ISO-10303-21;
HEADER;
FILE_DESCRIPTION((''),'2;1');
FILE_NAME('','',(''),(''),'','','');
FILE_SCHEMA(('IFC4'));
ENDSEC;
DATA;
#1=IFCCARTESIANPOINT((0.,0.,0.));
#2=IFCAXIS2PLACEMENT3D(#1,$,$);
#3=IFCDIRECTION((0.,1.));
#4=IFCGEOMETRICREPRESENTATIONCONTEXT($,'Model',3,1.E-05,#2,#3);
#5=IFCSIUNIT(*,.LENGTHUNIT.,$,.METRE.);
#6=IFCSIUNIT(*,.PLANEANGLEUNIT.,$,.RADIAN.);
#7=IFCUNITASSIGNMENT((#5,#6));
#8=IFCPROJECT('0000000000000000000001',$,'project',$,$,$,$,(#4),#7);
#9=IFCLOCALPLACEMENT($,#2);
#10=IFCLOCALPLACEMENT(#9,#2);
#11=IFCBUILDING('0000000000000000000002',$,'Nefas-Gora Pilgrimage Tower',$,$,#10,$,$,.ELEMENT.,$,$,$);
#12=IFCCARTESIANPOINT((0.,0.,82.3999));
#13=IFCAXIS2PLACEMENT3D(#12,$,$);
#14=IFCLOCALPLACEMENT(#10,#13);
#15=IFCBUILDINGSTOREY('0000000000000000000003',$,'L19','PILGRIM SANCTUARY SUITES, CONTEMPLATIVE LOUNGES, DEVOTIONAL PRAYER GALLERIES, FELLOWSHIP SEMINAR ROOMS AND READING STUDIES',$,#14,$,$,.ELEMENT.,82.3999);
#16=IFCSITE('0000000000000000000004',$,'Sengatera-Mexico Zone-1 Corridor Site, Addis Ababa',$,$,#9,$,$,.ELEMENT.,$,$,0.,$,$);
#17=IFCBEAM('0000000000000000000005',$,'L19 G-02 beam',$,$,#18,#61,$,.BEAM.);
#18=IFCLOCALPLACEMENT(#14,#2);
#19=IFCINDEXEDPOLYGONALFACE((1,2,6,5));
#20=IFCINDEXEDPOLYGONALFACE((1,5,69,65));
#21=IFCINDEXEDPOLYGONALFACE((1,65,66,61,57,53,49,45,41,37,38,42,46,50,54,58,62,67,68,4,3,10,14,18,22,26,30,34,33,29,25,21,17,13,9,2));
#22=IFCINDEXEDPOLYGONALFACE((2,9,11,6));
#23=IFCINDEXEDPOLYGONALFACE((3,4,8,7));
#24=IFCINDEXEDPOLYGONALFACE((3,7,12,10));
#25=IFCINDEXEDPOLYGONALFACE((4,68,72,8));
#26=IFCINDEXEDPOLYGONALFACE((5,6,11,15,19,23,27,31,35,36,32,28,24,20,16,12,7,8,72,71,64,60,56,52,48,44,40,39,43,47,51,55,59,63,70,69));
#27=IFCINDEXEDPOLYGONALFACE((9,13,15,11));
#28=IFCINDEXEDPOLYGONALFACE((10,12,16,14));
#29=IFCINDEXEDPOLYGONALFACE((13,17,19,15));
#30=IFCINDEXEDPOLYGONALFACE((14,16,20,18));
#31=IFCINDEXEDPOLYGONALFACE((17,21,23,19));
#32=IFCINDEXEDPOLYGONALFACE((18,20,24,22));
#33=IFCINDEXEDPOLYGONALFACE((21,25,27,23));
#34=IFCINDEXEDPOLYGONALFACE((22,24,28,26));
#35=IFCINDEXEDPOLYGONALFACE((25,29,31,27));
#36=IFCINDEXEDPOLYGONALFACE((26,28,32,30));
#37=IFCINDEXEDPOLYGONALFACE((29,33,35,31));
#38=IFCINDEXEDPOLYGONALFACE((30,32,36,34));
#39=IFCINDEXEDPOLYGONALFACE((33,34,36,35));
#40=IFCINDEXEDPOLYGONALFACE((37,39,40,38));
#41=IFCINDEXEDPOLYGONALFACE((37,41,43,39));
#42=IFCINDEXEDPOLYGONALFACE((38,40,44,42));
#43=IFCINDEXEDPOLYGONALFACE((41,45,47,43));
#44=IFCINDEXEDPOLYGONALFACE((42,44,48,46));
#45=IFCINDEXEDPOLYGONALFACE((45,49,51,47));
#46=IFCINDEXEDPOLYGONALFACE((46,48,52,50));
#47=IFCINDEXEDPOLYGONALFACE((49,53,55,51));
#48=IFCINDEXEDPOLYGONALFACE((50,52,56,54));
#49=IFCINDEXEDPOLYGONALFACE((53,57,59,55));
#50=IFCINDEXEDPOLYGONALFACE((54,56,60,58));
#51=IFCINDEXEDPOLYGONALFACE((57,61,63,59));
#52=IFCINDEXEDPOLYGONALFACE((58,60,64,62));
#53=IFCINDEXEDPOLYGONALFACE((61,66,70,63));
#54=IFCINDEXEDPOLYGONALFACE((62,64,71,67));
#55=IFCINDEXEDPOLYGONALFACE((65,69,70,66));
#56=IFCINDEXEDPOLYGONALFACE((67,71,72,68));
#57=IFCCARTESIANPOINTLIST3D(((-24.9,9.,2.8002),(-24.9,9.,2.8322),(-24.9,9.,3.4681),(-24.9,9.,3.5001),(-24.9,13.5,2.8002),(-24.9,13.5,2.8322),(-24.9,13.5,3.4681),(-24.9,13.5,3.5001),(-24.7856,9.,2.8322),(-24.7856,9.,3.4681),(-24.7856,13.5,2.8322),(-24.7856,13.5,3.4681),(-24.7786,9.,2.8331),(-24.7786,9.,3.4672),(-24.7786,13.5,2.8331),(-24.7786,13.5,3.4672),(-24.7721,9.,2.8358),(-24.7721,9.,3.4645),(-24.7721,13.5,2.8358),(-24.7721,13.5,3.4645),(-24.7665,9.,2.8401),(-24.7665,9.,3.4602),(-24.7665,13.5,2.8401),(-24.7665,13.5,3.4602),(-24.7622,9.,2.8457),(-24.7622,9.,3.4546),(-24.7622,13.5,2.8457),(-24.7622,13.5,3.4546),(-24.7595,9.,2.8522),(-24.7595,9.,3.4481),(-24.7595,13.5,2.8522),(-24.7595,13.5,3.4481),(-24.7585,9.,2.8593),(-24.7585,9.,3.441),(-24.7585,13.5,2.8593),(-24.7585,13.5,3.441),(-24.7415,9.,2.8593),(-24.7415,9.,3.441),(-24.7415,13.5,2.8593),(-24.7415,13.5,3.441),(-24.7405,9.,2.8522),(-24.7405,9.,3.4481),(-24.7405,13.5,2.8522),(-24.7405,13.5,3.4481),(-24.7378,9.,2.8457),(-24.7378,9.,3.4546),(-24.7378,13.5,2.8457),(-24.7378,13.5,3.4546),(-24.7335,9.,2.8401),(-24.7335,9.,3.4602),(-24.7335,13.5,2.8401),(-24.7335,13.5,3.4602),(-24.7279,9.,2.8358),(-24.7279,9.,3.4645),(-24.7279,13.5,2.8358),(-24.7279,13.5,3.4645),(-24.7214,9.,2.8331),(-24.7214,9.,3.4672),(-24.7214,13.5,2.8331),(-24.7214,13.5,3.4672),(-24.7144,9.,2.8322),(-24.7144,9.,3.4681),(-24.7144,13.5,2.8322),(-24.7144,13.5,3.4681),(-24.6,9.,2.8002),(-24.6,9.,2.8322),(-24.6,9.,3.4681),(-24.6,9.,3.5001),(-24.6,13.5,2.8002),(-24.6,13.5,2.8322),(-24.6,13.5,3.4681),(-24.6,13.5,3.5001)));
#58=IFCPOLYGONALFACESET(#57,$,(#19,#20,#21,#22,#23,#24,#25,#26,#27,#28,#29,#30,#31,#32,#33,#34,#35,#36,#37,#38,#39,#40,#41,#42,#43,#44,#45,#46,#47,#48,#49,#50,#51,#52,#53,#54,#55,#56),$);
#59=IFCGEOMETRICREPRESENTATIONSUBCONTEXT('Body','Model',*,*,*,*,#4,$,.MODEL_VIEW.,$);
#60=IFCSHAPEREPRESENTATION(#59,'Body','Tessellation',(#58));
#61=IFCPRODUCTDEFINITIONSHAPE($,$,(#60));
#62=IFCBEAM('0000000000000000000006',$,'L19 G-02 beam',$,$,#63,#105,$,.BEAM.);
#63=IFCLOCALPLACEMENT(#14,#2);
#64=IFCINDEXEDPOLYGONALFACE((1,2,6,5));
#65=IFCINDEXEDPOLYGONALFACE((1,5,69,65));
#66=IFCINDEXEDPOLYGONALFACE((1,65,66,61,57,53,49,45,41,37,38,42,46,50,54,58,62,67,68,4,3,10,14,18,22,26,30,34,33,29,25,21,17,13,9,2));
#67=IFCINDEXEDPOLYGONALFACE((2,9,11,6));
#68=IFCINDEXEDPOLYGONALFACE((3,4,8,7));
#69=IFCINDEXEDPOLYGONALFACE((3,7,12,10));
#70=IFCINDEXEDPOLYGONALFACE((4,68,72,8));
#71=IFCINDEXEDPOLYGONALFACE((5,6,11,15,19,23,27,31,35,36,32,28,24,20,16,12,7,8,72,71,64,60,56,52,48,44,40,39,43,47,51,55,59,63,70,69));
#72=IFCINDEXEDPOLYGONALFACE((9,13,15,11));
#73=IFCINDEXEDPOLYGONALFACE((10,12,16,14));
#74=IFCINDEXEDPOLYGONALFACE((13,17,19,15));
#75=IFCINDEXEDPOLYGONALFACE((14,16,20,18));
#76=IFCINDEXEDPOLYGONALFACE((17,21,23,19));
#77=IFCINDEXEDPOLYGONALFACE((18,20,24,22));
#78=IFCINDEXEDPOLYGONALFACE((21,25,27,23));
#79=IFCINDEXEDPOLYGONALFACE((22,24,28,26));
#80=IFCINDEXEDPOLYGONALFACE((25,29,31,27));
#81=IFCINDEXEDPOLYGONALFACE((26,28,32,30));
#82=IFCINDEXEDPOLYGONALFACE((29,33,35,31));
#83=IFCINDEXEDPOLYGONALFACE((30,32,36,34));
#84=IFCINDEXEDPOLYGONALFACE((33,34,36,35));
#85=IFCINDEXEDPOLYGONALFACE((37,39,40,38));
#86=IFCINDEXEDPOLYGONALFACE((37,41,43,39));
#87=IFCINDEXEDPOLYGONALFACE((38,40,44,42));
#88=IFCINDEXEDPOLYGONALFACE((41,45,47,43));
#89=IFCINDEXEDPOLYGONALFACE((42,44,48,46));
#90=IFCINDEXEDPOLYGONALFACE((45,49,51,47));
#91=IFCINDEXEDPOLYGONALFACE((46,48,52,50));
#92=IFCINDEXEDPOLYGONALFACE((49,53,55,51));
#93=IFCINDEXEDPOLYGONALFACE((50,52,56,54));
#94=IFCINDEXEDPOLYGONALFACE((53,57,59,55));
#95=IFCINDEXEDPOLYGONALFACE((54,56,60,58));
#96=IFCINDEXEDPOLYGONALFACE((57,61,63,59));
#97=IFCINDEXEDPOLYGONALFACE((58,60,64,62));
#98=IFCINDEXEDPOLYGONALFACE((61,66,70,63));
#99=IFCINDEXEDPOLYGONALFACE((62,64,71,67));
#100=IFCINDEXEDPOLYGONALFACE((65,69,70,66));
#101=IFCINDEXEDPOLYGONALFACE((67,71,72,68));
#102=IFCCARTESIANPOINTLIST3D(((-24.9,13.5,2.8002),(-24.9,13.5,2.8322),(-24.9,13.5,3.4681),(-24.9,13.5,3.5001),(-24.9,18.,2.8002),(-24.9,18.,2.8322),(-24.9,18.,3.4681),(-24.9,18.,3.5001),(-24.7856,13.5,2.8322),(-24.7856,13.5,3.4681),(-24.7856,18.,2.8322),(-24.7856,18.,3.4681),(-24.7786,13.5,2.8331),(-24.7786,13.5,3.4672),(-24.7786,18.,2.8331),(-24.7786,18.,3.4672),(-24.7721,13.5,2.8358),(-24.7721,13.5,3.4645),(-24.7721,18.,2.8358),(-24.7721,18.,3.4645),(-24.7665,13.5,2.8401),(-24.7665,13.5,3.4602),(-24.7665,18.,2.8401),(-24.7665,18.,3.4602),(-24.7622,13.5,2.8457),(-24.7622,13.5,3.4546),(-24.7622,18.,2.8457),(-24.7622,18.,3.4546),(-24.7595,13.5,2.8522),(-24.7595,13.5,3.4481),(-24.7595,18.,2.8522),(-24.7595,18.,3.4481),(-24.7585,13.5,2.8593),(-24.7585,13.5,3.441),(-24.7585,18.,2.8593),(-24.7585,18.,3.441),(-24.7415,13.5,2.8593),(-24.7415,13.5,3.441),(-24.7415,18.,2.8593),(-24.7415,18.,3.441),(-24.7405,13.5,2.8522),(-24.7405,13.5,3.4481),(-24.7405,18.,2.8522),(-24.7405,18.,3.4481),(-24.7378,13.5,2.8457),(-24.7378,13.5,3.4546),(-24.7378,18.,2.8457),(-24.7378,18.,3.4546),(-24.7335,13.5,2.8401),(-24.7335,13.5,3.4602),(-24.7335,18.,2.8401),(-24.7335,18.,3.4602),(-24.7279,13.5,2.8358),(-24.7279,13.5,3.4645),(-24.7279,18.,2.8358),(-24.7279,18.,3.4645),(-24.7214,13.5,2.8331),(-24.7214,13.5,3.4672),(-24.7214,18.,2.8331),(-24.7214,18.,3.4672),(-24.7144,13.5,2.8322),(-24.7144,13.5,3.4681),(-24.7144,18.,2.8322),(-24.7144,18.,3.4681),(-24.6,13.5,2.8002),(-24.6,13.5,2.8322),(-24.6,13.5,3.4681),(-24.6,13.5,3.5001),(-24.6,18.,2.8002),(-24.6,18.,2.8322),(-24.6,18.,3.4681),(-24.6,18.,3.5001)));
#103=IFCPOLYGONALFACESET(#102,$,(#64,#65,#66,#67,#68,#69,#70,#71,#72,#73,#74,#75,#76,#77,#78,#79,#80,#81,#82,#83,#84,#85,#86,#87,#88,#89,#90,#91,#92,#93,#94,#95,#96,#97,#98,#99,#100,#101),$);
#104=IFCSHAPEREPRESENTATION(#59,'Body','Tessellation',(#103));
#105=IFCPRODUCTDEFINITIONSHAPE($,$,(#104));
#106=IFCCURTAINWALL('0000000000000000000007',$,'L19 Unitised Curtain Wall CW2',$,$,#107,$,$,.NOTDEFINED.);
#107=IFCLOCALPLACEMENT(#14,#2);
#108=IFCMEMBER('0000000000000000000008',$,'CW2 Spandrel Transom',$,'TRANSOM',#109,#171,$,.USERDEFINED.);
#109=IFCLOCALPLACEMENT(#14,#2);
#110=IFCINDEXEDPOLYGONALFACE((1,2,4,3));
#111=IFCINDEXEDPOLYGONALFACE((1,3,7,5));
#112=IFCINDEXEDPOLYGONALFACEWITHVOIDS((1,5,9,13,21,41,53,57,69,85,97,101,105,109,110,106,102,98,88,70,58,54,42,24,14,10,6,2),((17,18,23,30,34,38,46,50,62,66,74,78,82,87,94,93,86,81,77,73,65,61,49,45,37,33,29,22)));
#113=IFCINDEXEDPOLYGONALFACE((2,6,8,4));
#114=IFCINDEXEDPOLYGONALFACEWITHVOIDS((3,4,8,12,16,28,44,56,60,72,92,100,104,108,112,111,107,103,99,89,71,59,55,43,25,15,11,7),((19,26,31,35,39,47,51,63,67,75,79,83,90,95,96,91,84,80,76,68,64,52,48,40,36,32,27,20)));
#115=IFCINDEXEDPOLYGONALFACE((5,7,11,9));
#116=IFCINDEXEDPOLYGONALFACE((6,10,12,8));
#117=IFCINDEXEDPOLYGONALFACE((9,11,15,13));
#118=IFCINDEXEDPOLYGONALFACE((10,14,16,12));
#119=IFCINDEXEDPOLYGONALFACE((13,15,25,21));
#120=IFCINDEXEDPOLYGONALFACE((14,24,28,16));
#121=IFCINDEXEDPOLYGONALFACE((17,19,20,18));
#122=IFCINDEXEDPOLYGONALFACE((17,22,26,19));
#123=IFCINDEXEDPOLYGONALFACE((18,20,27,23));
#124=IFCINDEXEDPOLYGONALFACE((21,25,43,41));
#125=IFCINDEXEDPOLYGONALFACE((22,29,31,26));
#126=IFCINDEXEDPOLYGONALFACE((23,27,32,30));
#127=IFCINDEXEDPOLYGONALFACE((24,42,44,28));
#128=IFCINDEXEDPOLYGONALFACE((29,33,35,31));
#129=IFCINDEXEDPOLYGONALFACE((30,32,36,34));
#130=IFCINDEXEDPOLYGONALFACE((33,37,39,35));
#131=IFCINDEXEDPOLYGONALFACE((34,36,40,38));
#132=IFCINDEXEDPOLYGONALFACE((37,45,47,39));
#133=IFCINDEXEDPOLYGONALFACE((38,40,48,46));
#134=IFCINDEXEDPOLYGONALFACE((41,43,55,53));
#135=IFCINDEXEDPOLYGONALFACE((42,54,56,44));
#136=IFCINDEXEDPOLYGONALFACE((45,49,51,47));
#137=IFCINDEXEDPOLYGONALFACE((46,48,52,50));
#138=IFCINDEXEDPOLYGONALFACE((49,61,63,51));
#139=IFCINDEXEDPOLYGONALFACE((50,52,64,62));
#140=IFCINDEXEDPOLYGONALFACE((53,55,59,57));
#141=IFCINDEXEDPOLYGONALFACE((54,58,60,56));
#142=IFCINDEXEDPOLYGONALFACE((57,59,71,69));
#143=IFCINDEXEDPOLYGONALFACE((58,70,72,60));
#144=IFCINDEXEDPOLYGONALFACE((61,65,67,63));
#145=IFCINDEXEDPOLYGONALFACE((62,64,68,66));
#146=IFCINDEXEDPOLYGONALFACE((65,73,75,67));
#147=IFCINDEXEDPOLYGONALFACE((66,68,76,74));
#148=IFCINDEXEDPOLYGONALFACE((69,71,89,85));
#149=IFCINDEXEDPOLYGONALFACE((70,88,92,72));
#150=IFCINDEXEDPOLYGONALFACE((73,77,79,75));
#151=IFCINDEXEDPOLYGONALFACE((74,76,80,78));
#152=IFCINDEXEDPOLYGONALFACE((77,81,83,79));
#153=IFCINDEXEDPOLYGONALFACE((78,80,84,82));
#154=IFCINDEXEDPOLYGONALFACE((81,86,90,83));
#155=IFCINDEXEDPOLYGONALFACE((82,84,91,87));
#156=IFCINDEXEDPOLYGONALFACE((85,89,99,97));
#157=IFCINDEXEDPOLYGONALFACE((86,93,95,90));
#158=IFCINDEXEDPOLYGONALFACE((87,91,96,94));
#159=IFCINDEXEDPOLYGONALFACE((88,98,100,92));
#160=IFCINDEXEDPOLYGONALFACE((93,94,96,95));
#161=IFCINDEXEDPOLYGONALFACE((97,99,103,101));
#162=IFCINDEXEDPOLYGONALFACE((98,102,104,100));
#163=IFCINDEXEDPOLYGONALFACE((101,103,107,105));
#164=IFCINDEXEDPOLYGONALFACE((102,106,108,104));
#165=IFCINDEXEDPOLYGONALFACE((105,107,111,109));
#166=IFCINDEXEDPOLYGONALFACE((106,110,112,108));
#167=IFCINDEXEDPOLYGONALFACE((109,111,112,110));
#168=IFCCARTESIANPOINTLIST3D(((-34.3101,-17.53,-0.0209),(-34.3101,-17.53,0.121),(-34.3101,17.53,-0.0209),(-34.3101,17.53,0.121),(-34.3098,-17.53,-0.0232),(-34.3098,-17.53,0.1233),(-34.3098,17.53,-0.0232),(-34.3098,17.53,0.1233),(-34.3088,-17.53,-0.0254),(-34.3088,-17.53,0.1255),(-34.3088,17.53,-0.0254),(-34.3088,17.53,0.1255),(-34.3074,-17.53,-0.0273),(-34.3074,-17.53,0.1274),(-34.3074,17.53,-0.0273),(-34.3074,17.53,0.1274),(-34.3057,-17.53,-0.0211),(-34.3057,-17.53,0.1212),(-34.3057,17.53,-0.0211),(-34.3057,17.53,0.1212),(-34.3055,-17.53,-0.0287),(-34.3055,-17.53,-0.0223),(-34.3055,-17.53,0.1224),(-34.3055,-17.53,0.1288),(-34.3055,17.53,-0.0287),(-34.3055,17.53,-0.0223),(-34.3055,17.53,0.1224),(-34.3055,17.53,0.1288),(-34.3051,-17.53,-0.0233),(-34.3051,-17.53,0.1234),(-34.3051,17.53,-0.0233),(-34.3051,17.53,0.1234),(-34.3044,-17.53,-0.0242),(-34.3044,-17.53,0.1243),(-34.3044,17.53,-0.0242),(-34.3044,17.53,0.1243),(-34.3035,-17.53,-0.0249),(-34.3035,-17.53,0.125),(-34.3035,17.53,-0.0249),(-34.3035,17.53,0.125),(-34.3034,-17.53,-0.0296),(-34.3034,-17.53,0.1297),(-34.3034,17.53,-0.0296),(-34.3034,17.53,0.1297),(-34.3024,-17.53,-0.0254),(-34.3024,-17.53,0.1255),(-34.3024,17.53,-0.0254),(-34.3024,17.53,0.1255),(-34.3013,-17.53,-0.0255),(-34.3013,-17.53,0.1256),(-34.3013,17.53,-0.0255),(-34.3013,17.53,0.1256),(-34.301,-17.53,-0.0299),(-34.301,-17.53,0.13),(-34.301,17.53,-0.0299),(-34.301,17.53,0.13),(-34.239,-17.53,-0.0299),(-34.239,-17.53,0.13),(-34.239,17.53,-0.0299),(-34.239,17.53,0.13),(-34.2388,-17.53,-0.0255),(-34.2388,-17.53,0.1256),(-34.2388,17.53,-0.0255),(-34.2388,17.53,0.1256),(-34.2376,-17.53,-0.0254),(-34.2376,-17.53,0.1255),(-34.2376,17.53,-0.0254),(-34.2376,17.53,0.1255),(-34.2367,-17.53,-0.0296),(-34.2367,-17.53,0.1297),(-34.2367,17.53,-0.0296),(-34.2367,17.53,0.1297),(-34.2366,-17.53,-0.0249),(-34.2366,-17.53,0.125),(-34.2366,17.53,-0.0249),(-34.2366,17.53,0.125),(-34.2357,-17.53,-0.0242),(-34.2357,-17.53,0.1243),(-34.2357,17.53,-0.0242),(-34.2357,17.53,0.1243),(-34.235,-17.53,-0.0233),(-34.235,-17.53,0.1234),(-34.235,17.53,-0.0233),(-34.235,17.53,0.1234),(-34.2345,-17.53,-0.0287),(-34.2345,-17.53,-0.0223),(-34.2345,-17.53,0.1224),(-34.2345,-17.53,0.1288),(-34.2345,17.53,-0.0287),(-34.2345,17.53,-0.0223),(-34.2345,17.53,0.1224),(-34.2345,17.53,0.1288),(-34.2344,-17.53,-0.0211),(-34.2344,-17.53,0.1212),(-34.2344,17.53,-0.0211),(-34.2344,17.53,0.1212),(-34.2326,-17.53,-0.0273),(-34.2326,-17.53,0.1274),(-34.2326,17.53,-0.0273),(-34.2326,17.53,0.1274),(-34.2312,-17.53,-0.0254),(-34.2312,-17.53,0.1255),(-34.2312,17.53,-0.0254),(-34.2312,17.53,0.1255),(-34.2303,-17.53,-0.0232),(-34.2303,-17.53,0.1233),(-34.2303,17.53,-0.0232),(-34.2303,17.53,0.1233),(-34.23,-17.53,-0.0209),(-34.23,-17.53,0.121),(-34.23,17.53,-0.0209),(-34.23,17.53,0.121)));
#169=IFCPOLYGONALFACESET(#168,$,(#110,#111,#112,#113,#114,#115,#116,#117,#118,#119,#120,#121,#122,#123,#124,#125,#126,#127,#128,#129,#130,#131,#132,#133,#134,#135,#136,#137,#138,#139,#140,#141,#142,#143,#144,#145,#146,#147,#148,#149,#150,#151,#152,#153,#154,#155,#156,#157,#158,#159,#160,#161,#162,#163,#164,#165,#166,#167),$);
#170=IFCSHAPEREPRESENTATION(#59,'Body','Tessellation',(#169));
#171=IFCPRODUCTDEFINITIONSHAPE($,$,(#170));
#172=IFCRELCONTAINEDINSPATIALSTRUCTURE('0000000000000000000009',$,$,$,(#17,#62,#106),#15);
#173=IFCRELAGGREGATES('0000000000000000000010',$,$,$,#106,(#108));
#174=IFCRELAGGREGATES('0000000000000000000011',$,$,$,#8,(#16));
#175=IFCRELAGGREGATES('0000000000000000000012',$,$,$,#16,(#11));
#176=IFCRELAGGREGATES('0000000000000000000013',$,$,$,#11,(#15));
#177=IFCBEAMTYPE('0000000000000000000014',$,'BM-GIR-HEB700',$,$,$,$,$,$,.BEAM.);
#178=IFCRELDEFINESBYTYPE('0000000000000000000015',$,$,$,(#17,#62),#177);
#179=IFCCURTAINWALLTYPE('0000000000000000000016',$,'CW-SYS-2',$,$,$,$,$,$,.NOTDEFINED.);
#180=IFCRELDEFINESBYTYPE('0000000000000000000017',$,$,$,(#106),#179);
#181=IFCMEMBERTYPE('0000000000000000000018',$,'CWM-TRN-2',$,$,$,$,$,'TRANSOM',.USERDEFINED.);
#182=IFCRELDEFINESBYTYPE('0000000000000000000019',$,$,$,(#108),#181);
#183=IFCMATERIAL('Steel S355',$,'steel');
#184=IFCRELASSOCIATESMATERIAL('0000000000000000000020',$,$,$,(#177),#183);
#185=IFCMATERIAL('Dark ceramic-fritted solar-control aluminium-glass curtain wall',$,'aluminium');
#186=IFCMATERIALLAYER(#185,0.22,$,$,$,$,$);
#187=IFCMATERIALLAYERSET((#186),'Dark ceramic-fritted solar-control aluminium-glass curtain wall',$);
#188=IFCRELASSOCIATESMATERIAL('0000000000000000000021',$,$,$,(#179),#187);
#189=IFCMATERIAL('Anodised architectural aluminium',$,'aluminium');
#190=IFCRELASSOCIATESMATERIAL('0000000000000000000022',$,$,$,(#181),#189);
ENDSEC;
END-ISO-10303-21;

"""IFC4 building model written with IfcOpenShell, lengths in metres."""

from ifc_helpers import new_model, si_unit, direction, frame, origin, origin_2d, place, context, subcontext, project, spatial, hollow_rectangle, i_section, extrude, source, transform, mapped, material, layer, layer_set, material_profile, profile_set, type_object, element, aggregate, save


model = new_model("IFC4")

# Units and contexts
model_context = context("Model", 3, precision=1e-05, world=origin(), true_north=direction((0.0, 1.0)))
body_context = subcontext(model_context, "Body", "Model", "MODEL_VIEW")
ifc_project = project(units=[si_unit("LENGTHUNIT", "METRE"), si_unit("PLANEANGLEUNIT", "RADIAN")], contexts=[model_context])

# Site, building, storey
site_placement = place(None, origin())
site = spatial("IfcSite", under=ifc_project, at=site_placement, Name="Sengatera-Mexico Zone-1 Corridor Site, Addis Ababa", CompositionType="ELEMENT", RefElevation=0.0)
building_placement = place(site_placement, origin())
building = spatial("IfcBuilding", under=site, at=building_placement, Name="Nefas-Gora Pilgrimage Tower", CompositionType="ELEMENT")
storey_placement = place(building_placement, frame((0.0, 0.0, 82.3999)))
storey = spatial("IfcBuildingStorey", under=building, at=storey_placement, Name="L19", Description="PILGRIM SANCTUARY SUITES, CONTEMPLATIVE LOUNGES, DEVOTIONAL PRAYER GALLERIES, FELLOWSHIP SEMINAR ROOMS AND READING STUDIES", CompositionType="ELEMENT", Elevation=82.3999)

# Beams
ifc_material_1 = material(Name="Steel S355", Category="steel")
ifc_material_profile_1 = material_profile(ifc_material_1, i_section(OverallWidth=0.3, OverallDepth=0.7, WebThickness=0.0171, FlangeThickness=0.032, FilletRadius=0.0271, at=origin_2d()), Name="HEB 700")
ifc_profile_set_1 = profile_set([ifc_material_profile_1], Name="Steel S355")
beam_type_1 = type_object("IfcBeamType", Name="BM-GIR-HEB700", PredefinedType="BEAM", material=ifc_profile_set_1)
shared_shape_1 = source(origin(), body_context, "Body", "SweptSolid", [
    extrude(i_section(OverallWidth=0.3, OverallDepth=0.7, WebThickness=0.0171, FlangeThickness=0.032, FilletRadius=0.0271, at=origin_2d()), origin(), (0.0, 0.0, 1.0), 4.5),
])
for number, where, z_axis, x_axis, name in (
    (1, (-24.75, 9.0, 3.1501), (0.0, 1.0, 0.0), (-1.0, 0.0, 0.0), "L19 G-02 beam"),
    (2, (-24.75, 13.5, 3.1501), (0.0, 1.0, 0.0), (-1.0, 0.0, 0.0), "L19 G-02 beam"),
):
    element("IfcBeam", number, at=place(storey_placement, frame(where, z_axis=z_axis, x_axis=x_axis)), inside=storey, type_object=beam_type_1, Name=name, PredefinedType="BEAM", context=body_context, shape_type="MappedRepresentation", body=[
        mapped(shared_shape_1, transform((0.0, 0.0, 0.0), x_axis=(1.0, 0.0, 0.0), y_axis=(0.0, 1.0, 0.0), z_axis=(0.0, 0.0, 1.0), scale=1.0)),
    ])

# Curtain wall, member
ifc_material_2 = material(Name="Dark ceramic-fritted solar-control aluminium-glass curtain wall", Category="aluminium")
ifc_layer_1 = layer(ifc_material_2, 0.22)
ifc_layer_set_1 = layer_set([ifc_layer_1], Name="Dark ceramic-fritted solar-control aluminium-glass curtain wall")
curtain_wall_type = type_object("IfcCurtainWallType", Name="CW-SYS-2", PredefinedType="NOTDEFINED", material=ifc_layer_set_1)
curtain_wall_1_placement = place(storey_placement, origin())
curtain_wall_1 = element("IfcCurtainWall", 3, at=curtain_wall_1_placement, inside=storey, type_object=curtain_wall_type, Name="L19 Unitised Curtain Wall CW2", PredefinedType="NOTDEFINED")
ifc_material_3 = material(Name="Anodised architectural aluminium", Category="aluminium")
ifc_material_profile_2 = material_profile(ifc_material_3, hollow_rectangle(XDim=0.0801, YDim=0.1599, WallThickness=0.0044, InnerFilletRadius=0.0044, OuterFilletRadius=0.009, at=origin_2d()), Name="ALU TRANSOM 80x160")
ifc_profile_set_2 = profile_set([ifc_material_profile_2], Name="Anodised architectural aluminium")
member_type_1 = type_object("IfcMemberType", Name="CWM-TRN-2", ElementType="TRANSOM", PredefinedType="USERDEFINED", material=ifc_profile_set_2)
shared_shape_2 = source(origin(), body_context, "Body", "SweptSolid", [
    extrude(hollow_rectangle(XDim=0.0801, YDim=0.1599, WallThickness=0.0044, InnerFilletRadius=0.0044, OuterFilletRadius=0.009, at=origin_2d()), origin(), (0.0, 0.0, 1.0), 35.0601),
])
member_1_placement = place(storey_placement, frame((-34.27, 17.53, 0.05), z_axis=(0.0, -1.0, 0.0), x_axis=(1.0, 0.0, 0.0)))
member_1 = element("IfcMember", 4, at=member_1_placement, type_object=member_type_1, Name="CW2 Spandrel Transom", ObjectType="TRANSOM", PredefinedType="USERDEFINED", context=body_context, shape_type="MappedRepresentation", body=[
    mapped(shared_shape_2, transform((0.0, 0.0, 0.0), x_axis=(1.0, 0.0, 0.0), y_axis=(0.0, 1.0, 0.0), z_axis=(0.0, 0.0, 1.0), scale=1.0)),
])

aggregate(curtain_wall_1, [member_1])

save(model, "model.ifc")
